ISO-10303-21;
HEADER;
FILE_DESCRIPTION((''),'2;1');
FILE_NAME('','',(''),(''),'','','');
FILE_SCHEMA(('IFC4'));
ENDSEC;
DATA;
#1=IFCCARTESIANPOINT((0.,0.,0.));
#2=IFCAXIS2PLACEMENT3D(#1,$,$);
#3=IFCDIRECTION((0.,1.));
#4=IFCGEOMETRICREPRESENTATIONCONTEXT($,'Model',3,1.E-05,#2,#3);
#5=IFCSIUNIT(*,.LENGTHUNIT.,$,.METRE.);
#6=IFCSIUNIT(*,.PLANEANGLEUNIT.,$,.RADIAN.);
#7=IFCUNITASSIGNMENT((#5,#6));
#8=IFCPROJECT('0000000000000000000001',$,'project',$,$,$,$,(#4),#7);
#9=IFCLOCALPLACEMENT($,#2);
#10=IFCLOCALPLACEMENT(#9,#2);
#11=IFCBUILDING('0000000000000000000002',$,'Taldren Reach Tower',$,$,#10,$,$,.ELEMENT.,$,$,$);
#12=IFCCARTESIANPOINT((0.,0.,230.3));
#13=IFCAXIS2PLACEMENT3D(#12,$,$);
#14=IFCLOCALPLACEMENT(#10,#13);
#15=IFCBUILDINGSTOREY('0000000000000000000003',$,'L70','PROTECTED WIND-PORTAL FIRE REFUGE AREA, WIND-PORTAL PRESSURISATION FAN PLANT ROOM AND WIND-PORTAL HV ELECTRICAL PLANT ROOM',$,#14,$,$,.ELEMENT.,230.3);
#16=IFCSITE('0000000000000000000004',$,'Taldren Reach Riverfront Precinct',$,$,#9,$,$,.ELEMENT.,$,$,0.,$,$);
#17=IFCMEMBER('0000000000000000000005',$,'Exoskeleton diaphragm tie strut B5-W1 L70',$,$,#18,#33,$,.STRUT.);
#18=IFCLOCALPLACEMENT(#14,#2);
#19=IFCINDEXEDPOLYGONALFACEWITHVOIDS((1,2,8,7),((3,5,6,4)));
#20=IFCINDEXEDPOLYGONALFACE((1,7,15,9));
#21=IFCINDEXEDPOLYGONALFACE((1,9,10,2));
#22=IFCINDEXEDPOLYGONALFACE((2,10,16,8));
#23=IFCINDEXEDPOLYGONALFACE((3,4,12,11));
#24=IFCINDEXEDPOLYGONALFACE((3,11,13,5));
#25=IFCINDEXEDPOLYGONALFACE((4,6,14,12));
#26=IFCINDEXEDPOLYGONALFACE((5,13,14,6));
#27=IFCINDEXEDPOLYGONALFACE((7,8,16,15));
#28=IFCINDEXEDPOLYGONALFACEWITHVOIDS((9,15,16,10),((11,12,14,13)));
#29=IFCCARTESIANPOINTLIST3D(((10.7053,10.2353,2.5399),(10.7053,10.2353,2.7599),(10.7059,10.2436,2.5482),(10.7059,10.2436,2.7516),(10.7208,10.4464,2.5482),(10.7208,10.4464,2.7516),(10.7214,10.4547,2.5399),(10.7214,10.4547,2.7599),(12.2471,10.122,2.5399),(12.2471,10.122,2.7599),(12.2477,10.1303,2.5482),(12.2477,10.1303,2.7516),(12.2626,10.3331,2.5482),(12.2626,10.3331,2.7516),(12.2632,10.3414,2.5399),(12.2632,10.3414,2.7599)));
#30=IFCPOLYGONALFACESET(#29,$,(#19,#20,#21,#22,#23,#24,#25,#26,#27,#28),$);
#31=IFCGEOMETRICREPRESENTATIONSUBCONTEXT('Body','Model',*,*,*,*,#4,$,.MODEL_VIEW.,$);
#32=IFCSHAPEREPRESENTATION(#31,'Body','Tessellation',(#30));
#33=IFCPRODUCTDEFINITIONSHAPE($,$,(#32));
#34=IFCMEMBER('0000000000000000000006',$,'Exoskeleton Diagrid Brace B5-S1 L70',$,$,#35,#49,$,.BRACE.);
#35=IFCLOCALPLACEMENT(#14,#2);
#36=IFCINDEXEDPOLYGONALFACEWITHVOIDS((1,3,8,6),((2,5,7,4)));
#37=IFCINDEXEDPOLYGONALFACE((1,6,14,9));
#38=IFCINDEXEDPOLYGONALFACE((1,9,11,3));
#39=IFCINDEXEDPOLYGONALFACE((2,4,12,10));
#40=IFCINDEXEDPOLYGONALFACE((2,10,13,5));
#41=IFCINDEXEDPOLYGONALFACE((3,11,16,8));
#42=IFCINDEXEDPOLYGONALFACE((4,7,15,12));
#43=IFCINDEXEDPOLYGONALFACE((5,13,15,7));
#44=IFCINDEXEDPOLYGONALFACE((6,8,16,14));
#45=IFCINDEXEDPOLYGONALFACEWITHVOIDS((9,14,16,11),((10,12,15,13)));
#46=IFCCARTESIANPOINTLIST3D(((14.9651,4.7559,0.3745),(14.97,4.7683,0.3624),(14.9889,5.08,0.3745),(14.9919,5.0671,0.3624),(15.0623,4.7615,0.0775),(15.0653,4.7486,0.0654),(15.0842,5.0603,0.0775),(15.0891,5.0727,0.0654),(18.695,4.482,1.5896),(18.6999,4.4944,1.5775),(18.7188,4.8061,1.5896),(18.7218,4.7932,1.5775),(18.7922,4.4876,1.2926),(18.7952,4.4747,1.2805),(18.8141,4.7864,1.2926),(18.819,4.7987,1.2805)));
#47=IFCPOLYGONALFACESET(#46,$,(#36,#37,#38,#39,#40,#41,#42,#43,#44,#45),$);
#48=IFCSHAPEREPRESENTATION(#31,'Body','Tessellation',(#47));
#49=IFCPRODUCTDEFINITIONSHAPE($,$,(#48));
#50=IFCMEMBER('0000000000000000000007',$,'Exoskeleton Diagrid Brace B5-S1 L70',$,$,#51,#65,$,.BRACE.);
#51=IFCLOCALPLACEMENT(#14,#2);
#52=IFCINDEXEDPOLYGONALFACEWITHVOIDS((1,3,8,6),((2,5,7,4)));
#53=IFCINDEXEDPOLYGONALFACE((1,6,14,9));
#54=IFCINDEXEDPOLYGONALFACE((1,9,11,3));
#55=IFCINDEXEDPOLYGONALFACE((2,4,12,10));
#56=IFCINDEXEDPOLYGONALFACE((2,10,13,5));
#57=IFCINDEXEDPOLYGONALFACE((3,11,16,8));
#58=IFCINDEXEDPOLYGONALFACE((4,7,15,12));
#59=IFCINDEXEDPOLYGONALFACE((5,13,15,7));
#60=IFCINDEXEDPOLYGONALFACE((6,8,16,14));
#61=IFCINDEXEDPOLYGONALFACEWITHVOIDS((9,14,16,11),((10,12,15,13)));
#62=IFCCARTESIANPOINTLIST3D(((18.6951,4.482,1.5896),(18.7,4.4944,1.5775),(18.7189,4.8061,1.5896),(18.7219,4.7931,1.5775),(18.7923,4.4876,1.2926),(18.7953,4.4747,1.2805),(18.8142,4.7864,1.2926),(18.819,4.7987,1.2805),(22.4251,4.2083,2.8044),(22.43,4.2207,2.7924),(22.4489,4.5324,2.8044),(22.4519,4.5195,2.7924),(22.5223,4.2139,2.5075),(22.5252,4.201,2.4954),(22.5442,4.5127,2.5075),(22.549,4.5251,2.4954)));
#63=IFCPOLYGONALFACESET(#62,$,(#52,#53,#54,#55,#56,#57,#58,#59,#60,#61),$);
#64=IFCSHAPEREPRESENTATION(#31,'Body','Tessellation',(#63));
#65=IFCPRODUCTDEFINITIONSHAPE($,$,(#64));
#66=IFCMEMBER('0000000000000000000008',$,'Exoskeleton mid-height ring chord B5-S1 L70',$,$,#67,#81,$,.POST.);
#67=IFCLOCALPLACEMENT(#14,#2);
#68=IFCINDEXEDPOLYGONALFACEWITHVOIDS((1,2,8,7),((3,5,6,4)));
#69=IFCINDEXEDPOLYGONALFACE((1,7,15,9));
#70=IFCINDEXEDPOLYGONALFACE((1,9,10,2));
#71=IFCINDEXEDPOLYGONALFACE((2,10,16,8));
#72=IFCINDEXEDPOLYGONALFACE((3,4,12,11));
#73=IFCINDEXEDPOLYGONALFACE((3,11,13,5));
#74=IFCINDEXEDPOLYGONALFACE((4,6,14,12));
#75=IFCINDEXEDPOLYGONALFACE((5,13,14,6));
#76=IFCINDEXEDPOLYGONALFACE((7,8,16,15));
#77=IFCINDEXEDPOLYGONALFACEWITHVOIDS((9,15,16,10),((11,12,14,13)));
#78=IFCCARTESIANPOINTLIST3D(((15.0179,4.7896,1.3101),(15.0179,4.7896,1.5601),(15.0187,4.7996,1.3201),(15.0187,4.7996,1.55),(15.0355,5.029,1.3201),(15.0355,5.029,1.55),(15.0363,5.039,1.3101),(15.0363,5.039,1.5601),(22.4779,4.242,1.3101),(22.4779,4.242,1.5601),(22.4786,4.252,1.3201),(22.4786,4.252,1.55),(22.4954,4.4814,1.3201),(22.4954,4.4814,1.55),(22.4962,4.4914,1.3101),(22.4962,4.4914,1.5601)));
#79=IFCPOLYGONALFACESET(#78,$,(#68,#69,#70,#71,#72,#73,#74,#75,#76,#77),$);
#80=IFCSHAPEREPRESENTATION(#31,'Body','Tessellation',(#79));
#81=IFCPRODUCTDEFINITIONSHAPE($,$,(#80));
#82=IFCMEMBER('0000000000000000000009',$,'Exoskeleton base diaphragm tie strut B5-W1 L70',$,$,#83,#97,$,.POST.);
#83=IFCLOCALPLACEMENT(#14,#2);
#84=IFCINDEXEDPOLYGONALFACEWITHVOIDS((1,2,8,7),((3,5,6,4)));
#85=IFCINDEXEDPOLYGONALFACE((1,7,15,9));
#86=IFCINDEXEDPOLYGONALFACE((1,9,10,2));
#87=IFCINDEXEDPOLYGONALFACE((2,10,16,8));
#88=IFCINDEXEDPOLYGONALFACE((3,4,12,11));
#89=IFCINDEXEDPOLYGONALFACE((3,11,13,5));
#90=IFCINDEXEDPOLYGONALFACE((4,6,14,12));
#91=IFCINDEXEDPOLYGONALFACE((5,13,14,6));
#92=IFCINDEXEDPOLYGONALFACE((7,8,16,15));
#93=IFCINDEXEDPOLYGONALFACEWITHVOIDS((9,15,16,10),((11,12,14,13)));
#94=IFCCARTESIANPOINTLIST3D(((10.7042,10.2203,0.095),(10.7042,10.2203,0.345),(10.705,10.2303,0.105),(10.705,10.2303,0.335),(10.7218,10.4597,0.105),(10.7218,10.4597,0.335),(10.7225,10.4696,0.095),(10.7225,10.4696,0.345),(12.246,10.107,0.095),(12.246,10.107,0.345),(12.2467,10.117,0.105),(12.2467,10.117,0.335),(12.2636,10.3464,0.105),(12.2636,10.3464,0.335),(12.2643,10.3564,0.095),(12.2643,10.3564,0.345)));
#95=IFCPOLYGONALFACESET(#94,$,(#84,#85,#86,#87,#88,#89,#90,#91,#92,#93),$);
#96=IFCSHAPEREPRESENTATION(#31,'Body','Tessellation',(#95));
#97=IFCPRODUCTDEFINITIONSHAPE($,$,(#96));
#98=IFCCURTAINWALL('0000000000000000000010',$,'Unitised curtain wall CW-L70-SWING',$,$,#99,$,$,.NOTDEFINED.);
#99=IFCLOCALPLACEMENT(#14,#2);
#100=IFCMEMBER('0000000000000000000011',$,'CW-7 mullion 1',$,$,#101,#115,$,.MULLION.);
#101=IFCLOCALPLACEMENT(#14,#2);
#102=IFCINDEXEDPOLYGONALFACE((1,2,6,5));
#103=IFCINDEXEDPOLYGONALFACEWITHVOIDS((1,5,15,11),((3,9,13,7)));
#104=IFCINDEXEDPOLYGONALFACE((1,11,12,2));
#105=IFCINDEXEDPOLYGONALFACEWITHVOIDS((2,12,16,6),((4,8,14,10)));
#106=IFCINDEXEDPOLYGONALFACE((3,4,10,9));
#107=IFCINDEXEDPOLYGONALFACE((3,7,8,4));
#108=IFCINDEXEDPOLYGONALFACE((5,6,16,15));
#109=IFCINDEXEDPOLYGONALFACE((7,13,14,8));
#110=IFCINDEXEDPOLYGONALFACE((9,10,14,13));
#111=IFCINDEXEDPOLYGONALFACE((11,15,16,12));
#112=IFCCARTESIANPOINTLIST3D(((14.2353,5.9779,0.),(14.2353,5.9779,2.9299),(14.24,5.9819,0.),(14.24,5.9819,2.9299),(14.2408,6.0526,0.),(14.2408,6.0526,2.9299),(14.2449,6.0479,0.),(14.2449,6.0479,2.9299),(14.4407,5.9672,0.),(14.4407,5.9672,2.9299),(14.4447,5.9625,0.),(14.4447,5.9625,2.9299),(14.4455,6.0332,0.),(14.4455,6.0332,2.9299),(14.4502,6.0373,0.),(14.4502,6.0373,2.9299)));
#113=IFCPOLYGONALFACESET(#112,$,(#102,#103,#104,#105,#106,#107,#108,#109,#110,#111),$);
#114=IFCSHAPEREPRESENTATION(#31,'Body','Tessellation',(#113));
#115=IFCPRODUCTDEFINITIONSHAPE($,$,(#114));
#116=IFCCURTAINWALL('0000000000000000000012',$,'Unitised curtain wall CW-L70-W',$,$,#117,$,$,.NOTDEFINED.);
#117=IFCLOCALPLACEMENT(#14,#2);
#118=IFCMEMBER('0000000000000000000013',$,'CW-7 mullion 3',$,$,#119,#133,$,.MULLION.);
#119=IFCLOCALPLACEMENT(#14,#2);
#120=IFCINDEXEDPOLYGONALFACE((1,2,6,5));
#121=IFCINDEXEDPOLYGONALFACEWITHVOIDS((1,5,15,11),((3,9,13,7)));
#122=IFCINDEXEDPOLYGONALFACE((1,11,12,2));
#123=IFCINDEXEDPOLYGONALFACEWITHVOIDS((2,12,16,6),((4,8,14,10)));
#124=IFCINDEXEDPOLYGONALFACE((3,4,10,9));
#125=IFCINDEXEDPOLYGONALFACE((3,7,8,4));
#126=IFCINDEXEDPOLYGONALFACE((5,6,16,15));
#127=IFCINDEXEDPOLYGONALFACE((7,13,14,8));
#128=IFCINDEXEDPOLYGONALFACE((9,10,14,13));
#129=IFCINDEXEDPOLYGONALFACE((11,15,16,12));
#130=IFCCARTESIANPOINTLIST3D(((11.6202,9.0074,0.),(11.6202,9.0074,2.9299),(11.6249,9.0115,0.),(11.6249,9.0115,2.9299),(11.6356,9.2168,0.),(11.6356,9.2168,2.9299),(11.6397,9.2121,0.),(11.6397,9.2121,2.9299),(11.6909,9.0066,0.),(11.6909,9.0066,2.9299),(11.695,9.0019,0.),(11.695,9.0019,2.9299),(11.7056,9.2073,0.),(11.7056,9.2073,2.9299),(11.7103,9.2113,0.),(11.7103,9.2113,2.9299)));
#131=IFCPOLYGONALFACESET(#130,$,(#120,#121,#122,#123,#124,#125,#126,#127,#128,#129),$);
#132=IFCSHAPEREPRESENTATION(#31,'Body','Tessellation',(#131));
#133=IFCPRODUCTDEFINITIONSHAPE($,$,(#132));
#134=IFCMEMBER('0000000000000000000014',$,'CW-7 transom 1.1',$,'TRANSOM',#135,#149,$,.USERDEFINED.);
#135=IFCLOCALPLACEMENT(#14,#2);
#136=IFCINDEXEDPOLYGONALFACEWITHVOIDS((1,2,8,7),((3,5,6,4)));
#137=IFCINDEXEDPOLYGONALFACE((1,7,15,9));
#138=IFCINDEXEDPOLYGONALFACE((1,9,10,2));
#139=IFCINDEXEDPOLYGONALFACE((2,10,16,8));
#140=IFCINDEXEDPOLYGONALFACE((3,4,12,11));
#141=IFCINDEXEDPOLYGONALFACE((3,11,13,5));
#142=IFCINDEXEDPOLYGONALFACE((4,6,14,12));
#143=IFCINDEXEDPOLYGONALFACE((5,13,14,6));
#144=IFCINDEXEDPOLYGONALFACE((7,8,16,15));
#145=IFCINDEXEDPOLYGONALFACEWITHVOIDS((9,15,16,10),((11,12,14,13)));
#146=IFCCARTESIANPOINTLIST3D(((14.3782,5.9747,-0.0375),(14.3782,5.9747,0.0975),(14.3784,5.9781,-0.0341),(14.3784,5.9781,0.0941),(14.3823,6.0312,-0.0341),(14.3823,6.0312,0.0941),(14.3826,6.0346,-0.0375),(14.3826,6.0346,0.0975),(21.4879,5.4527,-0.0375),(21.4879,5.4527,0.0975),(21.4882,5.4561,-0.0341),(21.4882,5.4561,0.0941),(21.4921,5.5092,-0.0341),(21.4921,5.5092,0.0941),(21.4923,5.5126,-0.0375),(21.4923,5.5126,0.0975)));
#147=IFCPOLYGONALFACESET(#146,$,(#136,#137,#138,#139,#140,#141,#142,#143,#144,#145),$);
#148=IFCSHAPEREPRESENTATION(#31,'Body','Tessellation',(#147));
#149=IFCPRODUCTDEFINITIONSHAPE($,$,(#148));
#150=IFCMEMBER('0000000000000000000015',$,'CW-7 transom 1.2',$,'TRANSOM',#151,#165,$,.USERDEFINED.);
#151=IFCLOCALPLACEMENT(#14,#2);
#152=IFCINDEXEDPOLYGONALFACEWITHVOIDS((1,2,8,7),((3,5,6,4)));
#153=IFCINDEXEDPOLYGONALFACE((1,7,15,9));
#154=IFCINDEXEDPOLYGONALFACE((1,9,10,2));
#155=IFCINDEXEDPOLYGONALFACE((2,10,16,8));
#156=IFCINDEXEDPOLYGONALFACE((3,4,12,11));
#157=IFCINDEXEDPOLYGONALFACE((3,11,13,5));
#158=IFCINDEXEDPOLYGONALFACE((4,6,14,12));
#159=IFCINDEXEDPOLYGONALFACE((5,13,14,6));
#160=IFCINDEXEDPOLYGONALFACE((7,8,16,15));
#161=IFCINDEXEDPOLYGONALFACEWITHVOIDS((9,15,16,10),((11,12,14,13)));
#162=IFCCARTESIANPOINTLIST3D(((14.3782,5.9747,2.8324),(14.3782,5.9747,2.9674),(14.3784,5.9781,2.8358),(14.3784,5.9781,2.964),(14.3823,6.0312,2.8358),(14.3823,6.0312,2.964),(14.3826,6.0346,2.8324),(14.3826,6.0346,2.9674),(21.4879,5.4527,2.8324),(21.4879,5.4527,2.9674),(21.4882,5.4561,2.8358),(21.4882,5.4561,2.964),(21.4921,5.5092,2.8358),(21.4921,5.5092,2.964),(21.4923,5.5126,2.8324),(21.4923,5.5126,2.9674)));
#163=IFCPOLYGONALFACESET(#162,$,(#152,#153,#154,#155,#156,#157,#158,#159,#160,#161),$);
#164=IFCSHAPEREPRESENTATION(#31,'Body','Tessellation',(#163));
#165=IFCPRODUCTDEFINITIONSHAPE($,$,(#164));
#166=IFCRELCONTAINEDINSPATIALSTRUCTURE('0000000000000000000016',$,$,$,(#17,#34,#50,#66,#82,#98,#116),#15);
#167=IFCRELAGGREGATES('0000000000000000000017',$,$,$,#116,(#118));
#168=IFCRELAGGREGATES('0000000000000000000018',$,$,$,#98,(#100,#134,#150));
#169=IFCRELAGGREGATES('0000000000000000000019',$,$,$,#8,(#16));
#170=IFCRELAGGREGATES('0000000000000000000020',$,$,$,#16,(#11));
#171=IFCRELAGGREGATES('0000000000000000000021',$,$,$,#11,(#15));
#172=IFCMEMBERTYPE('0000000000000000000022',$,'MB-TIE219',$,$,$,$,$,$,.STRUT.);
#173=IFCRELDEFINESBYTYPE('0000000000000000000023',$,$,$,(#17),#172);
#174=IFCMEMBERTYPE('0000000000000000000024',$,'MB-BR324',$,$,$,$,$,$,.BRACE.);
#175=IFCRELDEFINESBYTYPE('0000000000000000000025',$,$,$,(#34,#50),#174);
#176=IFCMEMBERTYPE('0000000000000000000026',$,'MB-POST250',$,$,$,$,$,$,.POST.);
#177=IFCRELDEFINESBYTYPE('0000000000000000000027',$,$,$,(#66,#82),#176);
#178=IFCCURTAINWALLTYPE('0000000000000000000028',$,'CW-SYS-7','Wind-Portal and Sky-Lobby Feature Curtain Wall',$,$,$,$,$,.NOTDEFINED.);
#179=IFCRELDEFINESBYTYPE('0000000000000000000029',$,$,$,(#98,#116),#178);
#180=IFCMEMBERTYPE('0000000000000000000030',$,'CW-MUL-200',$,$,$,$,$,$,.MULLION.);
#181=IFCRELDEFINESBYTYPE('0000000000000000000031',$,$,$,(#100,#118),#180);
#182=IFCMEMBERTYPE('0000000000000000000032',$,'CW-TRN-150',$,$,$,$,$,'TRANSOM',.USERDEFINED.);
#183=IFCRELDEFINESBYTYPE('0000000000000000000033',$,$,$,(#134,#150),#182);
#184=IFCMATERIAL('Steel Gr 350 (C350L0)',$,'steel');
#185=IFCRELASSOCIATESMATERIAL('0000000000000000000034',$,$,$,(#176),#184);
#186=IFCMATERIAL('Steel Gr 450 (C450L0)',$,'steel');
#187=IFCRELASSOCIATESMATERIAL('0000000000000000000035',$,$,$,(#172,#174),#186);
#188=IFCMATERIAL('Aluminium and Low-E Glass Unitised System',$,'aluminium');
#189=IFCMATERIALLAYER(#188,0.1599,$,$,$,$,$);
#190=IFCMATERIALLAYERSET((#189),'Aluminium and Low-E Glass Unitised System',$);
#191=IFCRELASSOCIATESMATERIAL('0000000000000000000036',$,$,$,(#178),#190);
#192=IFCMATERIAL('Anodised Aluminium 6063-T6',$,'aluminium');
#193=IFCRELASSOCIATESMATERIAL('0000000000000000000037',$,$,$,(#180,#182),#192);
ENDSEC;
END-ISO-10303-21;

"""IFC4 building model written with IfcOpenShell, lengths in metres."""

from ifc_helpers import new_model, si_unit, direction, frame, origin, origin_2d, place, context, subcontext, project, spatial, hollow_rectangle, extrude, source, transform, mapped, material, layer, layer_set, material_profile, profile_set, type_object, element, aggregate, save


model = new_model("IFC4")

# Units and contexts
model_context = context("Model", 3, precision=1e-05, world=origin(), true_north=direction((0.0, 1.0)))
body_context = subcontext(model_context, "Body", "Model", "MODEL_VIEW")
ifc_project = project(units=[si_unit("LENGTHUNIT", "METRE"), si_unit("PLANEANGLEUNIT", "RADIAN")], contexts=[model_context])

# Site, building, storey
site_placement = place(None, origin())
site = spatial("IfcSite", under=ifc_project, at=site_placement, Name="Taldren Reach Riverfront Precinct", CompositionType="ELEMENT", RefElevation=0.0)
building_placement = place(site_placement, origin())
building = spatial("IfcBuilding", under=site, at=building_placement, Name="Taldren Reach Tower", CompositionType="ELEMENT")
storey_placement = place(building_placement, frame((0.0, 0.0, 230.3)))
storey = spatial("IfcBuildingStorey", under=building, at=storey_placement, Name="L70", Description="PROTECTED WIND-PORTAL FIRE REFUGE AREA, WIND-PORTAL PRESSURISATION FAN PLANT ROOM AND WIND-PORTAL HV ELECTRICAL PLANT ROOM", CompositionType="ELEMENT", Elevation=230.3)

# Shared definitions
ifc_material_1 = material(Name="Steel Gr 350 (C350L0)", Category="steel")

# Shared definitions
ifc_material_profile_1 = material_profile(ifc_material_1, hollow_rectangle(XDim=0.25, YDim=0.25, WallThickness=0.01, at=origin_2d()), Name="250x250x10.0SHS")
ifc_profile_set_1 = profile_set([ifc_material_profile_1], Name="Steel Gr 350 (C350L0)")
member_type_1 = type_object("IfcMemberType", Name="MB-POST250", PredefinedType="POST", material=ifc_profile_set_1)
ifc_material_2 = material(Name="Steel Gr 450 (C450L0)", Category="steel")
ifc_material_profile_2 = material_profile(ifc_material_2, hollow_rectangle(XDim=0.22, YDim=0.22, WallThickness=0.0083, at=origin_2d()), Name="220x220x8.2SHS")
ifc_profile_set_2 = profile_set([ifc_material_profile_2], Name="Steel Gr 450 (C450L0)")
member_type_2 = type_object("IfcMemberType", Name="MB-TIE219", PredefinedType="STRUT", material=ifc_profile_set_2)

# Members
shared_shape_1 = source(origin(), body_context, "Body", "SweptSolid", [
    extrude(hollow_rectangle(XDim=0.22, YDim=0.22, WallThickness=0.0083, at=origin_2d()), origin(), (0.0, 0.0, 1.0), 1.5459),
])
member_1_placement = place(storey_placement, frame((12.2551, 10.2317, 2.6499), z_axis=(-0.997312, 0.073278, 0.0), x_axis=(-0.073278, -0.997312, 0.0)))
element("IfcMember", 1, at=member_1_placement, inside=storey, type_object=member_type_2, Name="Exoskeleton diaphragm tie strut B5-W1 L70", PredefinedType="STRUT", context=body_context, shape_type="MappedRepresentation", body=[
    mapped(shared_shape_1, transform((0.0, 0.0, 0.0), scale=1.0)),
])
ifc_material_profile_3 = material_profile(ifc_material_2, hollow_rectangle(XDim=0.325, YDim=0.325, WallThickness=0.0127, at=origin_2d()), Name="325x325x12.7SHS")
ifc_profile_set_3 = profile_set([ifc_material_profile_3], Name="Steel Gr 450 (C450L0)")
member_type_3 = type_object("IfcMemberType", Name="MB-BR324", PredefinedType="BRACE", material=ifc_profile_set_3)
shared_shape_2 = source(origin(), body_context, "Body", "SweptSolid", [
    extrude(hollow_rectangle(XDim=0.325, YDim=0.325, WallThickness=0.0127, at=origin_2d()), origin(), (0.0, 0.0, 1.0), 3.9324),
])
for number, where, z_axis, x_axis, name in (
    (2, (15.0271, 4.9143, 0.22), (0.948511, -0.069658, 0.308989), (0.073242, 0.997314, 0.0), "Exoskeleton Diagrid Brace B5-S1 L70"),
    (3, (18.7571, 4.6404, 1.4351), (0.948533, -0.069597, 0.308935), (0.073177, 0.997319, 0.0), "Exoskeleton Diagrid Brace B5-S1 L70"),
):
    element("IfcMember", number, at=place(storey_placement, frame(where, z_axis=z_axis, x_axis=x_axis)), inside=storey, type_object=member_type_3, Name=name, PredefinedType="BRACE", context=body_context, shape_type="MappedRepresentation", body=[
        mapped(shared_shape_2, transform((0.0, 0.0, 0.0), scale=1.0)),
    ])
shared_shape_3 = source(origin(), body_context, "Body", "SweptSolid", [
    extrude(hollow_rectangle(XDim=0.25, YDim=0.25, WallThickness=0.01, at=origin_2d()), origin(), (0.0, 0.0, 1.0), 7.48),
])
member_2_placement = place(storey_placement, frame((15.0271, 4.9143, 1.4351), z_axis=(0.997317, -0.073209, 0.0), x_axis=(0.073209, 0.997317, 0.0)))
element("IfcMember", 4, at=member_2_placement, inside=storey, type_object=member_type_1, Name="Exoskeleton mid-height ring chord B5-S1 L70", PredefinedType="POST", context=body_context, shape_type="MappedRepresentation", body=[
    mapped(shared_shape_3, transform((0.0, 0.0, 0.0), scale=1.0)),
])
shared_shape_4 = source(origin(), body_context, "Body", "SweptSolid", [
    extrude(hollow_rectangle(XDim=0.25, YDim=0.25, WallThickness=0.01, at=origin_2d()), origin(), (0.0, 0.0, 1.0), 1.5459),
])
member_3_placement = place(storey_placement, frame((12.2551, 10.2317, 0.22), z_axis=(-0.997312, 0.073278, 0.0), x_axis=(-0.073278, -0.997312, 0.0)))
element("IfcMember", 5, at=member_3_placement, inside=storey, type_object=member_type_1, Name="Exoskeleton base diaphragm tie strut B5-W1 L70", PredefinedType="POST", context=body_context, shape_type="MappedRepresentation", body=[
    mapped(shared_shape_4, transform((0.0, 0.0, 0.0), scale=1.0)),
])

# Curtain walls, members
ifc_material_3 = material(Name="Aluminium and Low-E Glass Unitised System", Category="aluminium")
ifc_layer_1 = layer(ifc_material_3, 0.1599)
ifc_layer_set_1 = layer_set([ifc_layer_1], Name="Aluminium and Low-E Glass Unitised System")
curtain_wall_type = type_object("IfcCurtainWallType", Name="CW-SYS-7", Description="Wind-Portal and Sky-Lobby Feature Curtain Wall", PredefinedType="NOTDEFINED", material=ifc_layer_set_1)
curtain_wall_1_placement = place(storey_placement, origin())
curtain_wall_1 = element("IfcCurtainWall", 6, at=curtain_wall_1_placement, inside=storey, type_object=curtain_wall_type, Name="Unitised curtain wall CW-L70-SWING", PredefinedType="NOTDEFINED")
ifc_material_4 = material(Name="Anodised Aluminium 6063-T6", Category="aluminium")
ifc_material_profile_4 = material_profile(ifc_material_4, hollow_rectangle(XDim=0.075, YDim=0.21, WallThickness=0.0044, at=origin_2d()), Name="ALU-210x75x4.5RHS")
ifc_profile_set_4 = profile_set([ifc_material_profile_4], Name="Anodised Aluminium 6063-T6")
member_type_4 = type_object("IfcMemberType", Name="CW-MUL-200", PredefinedType="MULLION", material=ifc_profile_set_4)
shared_shape_5 = source(origin(), body_context, "Body", "SweptSolid", [
    extrude(hollow_rectangle(XDim=0.075, YDim=0.21, WallThickness=0.0044, at=origin_2d()), origin(), (0.0, 0.0, 1.0), 2.9299),
])
member_4_placement = place(storey_placement, frame((14.3428, 6.0076, 0.0), z_axis=(0.0, 0.0, 1.0), x_axis=(0.073238, 0.997314, 0.0)))
member_4 = element("IfcMember", 7, at=member_4_placement, type_object=member_type_4, Name="CW-7 mullion 1", PredefinedType="MULLION", context=body_context, shape_type="MappedRepresentation", body=[
    mapped(shared_shape_5, transform((0.0, 0.0, 0.0), scale=1.0)),
])
curtain_wall_2_placement = place(storey_placement, origin())
curtain_wall_2 = element("IfcCurtainWall", 8, at=curtain_wall_2_placement, inside=storey, type_object=curtain_wall_type, Name="Unitised curtain wall CW-L70-W", PredefinedType="NOTDEFINED")
member_5_placement = place(storey_placement, frame((11.6653, 9.1094, 0.0), z_axis=(0.0, 0.0, 1.0), x_axis=(0.997314, -0.073238, 0.0)))
member_5 = element("IfcMember", 9, at=member_5_placement, type_object=member_type_4, Name="CW-7 mullion 3", PredefinedType="MULLION", context=body_context, shape_type="MappedRepresentation", body=[
    mapped(shared_shape_5, transform((0.0, 0.0, 0.0), scale=1.0)),
])
aggregate(curtain_wall_2, [member_5])

# Members
ifc_material_profile_5 = material_profile(ifc_material_4, hollow_rectangle(XDim=0.0601, YDim=0.135, WallThickness=0.0034, at=origin_2d()), Name="ALU-135x60x3.5RHS")
ifc_profile_set_5 = profile_set([ifc_material_profile_5], Name="Anodised Aluminium 6063-T6")
member_type_5 = type_object("IfcMemberType", Name="CW-TRN-150", ElementType="TRANSOM", PredefinedType="USERDEFINED", material=ifc_profile_set_5)
shared_shape_6 = source(origin(), body_context, "Body", "SweptSolid", [
    extrude(hollow_rectangle(XDim=0.0601, YDim=0.135, WallThickness=0.0034, at=origin_2d()), origin(), (0.0, 0.0, 1.0), 7.1289),
])
member_6_placement = place(storey_placement, frame((14.3804, 6.0046, 0.03), z_axis=(0.997316, -0.073218, 0.0), x_axis=(0.073218, 0.997316, 0.0)))
member_6 = element("IfcMember", 10, at=member_6_placement, type_object=member_type_5, Name="CW-7 transom 1.1", ObjectType="TRANSOM", PredefinedType="USERDEFINED", context=body_context, shape_type="MappedRepresentation", body=[
    mapped(shared_shape_6, transform((0.0, 0.0, 0.0), scale=1.0)),
])
member_7_placement = place(storey_placement, frame((14.3804, 6.0046, 2.8999), z_axis=(0.997316, -0.073218, 0.0), x_axis=(0.073218, 0.997316, 0.0)))
member_7 = element("IfcMember", 11, at=member_7_placement, type_object=member_type_5, Name="CW-7 transom 1.2", ObjectType="TRANSOM", PredefinedType="USERDEFINED", context=body_context, shape_type="MappedRepresentation", body=[
    mapped(shared_shape_6, transform((0.0, 0.0, 0.0), scale=1.0)),
])

aggregate(curtain_wall_1, [member_4, member_6, member_7])

save(model, "model.ifc")
